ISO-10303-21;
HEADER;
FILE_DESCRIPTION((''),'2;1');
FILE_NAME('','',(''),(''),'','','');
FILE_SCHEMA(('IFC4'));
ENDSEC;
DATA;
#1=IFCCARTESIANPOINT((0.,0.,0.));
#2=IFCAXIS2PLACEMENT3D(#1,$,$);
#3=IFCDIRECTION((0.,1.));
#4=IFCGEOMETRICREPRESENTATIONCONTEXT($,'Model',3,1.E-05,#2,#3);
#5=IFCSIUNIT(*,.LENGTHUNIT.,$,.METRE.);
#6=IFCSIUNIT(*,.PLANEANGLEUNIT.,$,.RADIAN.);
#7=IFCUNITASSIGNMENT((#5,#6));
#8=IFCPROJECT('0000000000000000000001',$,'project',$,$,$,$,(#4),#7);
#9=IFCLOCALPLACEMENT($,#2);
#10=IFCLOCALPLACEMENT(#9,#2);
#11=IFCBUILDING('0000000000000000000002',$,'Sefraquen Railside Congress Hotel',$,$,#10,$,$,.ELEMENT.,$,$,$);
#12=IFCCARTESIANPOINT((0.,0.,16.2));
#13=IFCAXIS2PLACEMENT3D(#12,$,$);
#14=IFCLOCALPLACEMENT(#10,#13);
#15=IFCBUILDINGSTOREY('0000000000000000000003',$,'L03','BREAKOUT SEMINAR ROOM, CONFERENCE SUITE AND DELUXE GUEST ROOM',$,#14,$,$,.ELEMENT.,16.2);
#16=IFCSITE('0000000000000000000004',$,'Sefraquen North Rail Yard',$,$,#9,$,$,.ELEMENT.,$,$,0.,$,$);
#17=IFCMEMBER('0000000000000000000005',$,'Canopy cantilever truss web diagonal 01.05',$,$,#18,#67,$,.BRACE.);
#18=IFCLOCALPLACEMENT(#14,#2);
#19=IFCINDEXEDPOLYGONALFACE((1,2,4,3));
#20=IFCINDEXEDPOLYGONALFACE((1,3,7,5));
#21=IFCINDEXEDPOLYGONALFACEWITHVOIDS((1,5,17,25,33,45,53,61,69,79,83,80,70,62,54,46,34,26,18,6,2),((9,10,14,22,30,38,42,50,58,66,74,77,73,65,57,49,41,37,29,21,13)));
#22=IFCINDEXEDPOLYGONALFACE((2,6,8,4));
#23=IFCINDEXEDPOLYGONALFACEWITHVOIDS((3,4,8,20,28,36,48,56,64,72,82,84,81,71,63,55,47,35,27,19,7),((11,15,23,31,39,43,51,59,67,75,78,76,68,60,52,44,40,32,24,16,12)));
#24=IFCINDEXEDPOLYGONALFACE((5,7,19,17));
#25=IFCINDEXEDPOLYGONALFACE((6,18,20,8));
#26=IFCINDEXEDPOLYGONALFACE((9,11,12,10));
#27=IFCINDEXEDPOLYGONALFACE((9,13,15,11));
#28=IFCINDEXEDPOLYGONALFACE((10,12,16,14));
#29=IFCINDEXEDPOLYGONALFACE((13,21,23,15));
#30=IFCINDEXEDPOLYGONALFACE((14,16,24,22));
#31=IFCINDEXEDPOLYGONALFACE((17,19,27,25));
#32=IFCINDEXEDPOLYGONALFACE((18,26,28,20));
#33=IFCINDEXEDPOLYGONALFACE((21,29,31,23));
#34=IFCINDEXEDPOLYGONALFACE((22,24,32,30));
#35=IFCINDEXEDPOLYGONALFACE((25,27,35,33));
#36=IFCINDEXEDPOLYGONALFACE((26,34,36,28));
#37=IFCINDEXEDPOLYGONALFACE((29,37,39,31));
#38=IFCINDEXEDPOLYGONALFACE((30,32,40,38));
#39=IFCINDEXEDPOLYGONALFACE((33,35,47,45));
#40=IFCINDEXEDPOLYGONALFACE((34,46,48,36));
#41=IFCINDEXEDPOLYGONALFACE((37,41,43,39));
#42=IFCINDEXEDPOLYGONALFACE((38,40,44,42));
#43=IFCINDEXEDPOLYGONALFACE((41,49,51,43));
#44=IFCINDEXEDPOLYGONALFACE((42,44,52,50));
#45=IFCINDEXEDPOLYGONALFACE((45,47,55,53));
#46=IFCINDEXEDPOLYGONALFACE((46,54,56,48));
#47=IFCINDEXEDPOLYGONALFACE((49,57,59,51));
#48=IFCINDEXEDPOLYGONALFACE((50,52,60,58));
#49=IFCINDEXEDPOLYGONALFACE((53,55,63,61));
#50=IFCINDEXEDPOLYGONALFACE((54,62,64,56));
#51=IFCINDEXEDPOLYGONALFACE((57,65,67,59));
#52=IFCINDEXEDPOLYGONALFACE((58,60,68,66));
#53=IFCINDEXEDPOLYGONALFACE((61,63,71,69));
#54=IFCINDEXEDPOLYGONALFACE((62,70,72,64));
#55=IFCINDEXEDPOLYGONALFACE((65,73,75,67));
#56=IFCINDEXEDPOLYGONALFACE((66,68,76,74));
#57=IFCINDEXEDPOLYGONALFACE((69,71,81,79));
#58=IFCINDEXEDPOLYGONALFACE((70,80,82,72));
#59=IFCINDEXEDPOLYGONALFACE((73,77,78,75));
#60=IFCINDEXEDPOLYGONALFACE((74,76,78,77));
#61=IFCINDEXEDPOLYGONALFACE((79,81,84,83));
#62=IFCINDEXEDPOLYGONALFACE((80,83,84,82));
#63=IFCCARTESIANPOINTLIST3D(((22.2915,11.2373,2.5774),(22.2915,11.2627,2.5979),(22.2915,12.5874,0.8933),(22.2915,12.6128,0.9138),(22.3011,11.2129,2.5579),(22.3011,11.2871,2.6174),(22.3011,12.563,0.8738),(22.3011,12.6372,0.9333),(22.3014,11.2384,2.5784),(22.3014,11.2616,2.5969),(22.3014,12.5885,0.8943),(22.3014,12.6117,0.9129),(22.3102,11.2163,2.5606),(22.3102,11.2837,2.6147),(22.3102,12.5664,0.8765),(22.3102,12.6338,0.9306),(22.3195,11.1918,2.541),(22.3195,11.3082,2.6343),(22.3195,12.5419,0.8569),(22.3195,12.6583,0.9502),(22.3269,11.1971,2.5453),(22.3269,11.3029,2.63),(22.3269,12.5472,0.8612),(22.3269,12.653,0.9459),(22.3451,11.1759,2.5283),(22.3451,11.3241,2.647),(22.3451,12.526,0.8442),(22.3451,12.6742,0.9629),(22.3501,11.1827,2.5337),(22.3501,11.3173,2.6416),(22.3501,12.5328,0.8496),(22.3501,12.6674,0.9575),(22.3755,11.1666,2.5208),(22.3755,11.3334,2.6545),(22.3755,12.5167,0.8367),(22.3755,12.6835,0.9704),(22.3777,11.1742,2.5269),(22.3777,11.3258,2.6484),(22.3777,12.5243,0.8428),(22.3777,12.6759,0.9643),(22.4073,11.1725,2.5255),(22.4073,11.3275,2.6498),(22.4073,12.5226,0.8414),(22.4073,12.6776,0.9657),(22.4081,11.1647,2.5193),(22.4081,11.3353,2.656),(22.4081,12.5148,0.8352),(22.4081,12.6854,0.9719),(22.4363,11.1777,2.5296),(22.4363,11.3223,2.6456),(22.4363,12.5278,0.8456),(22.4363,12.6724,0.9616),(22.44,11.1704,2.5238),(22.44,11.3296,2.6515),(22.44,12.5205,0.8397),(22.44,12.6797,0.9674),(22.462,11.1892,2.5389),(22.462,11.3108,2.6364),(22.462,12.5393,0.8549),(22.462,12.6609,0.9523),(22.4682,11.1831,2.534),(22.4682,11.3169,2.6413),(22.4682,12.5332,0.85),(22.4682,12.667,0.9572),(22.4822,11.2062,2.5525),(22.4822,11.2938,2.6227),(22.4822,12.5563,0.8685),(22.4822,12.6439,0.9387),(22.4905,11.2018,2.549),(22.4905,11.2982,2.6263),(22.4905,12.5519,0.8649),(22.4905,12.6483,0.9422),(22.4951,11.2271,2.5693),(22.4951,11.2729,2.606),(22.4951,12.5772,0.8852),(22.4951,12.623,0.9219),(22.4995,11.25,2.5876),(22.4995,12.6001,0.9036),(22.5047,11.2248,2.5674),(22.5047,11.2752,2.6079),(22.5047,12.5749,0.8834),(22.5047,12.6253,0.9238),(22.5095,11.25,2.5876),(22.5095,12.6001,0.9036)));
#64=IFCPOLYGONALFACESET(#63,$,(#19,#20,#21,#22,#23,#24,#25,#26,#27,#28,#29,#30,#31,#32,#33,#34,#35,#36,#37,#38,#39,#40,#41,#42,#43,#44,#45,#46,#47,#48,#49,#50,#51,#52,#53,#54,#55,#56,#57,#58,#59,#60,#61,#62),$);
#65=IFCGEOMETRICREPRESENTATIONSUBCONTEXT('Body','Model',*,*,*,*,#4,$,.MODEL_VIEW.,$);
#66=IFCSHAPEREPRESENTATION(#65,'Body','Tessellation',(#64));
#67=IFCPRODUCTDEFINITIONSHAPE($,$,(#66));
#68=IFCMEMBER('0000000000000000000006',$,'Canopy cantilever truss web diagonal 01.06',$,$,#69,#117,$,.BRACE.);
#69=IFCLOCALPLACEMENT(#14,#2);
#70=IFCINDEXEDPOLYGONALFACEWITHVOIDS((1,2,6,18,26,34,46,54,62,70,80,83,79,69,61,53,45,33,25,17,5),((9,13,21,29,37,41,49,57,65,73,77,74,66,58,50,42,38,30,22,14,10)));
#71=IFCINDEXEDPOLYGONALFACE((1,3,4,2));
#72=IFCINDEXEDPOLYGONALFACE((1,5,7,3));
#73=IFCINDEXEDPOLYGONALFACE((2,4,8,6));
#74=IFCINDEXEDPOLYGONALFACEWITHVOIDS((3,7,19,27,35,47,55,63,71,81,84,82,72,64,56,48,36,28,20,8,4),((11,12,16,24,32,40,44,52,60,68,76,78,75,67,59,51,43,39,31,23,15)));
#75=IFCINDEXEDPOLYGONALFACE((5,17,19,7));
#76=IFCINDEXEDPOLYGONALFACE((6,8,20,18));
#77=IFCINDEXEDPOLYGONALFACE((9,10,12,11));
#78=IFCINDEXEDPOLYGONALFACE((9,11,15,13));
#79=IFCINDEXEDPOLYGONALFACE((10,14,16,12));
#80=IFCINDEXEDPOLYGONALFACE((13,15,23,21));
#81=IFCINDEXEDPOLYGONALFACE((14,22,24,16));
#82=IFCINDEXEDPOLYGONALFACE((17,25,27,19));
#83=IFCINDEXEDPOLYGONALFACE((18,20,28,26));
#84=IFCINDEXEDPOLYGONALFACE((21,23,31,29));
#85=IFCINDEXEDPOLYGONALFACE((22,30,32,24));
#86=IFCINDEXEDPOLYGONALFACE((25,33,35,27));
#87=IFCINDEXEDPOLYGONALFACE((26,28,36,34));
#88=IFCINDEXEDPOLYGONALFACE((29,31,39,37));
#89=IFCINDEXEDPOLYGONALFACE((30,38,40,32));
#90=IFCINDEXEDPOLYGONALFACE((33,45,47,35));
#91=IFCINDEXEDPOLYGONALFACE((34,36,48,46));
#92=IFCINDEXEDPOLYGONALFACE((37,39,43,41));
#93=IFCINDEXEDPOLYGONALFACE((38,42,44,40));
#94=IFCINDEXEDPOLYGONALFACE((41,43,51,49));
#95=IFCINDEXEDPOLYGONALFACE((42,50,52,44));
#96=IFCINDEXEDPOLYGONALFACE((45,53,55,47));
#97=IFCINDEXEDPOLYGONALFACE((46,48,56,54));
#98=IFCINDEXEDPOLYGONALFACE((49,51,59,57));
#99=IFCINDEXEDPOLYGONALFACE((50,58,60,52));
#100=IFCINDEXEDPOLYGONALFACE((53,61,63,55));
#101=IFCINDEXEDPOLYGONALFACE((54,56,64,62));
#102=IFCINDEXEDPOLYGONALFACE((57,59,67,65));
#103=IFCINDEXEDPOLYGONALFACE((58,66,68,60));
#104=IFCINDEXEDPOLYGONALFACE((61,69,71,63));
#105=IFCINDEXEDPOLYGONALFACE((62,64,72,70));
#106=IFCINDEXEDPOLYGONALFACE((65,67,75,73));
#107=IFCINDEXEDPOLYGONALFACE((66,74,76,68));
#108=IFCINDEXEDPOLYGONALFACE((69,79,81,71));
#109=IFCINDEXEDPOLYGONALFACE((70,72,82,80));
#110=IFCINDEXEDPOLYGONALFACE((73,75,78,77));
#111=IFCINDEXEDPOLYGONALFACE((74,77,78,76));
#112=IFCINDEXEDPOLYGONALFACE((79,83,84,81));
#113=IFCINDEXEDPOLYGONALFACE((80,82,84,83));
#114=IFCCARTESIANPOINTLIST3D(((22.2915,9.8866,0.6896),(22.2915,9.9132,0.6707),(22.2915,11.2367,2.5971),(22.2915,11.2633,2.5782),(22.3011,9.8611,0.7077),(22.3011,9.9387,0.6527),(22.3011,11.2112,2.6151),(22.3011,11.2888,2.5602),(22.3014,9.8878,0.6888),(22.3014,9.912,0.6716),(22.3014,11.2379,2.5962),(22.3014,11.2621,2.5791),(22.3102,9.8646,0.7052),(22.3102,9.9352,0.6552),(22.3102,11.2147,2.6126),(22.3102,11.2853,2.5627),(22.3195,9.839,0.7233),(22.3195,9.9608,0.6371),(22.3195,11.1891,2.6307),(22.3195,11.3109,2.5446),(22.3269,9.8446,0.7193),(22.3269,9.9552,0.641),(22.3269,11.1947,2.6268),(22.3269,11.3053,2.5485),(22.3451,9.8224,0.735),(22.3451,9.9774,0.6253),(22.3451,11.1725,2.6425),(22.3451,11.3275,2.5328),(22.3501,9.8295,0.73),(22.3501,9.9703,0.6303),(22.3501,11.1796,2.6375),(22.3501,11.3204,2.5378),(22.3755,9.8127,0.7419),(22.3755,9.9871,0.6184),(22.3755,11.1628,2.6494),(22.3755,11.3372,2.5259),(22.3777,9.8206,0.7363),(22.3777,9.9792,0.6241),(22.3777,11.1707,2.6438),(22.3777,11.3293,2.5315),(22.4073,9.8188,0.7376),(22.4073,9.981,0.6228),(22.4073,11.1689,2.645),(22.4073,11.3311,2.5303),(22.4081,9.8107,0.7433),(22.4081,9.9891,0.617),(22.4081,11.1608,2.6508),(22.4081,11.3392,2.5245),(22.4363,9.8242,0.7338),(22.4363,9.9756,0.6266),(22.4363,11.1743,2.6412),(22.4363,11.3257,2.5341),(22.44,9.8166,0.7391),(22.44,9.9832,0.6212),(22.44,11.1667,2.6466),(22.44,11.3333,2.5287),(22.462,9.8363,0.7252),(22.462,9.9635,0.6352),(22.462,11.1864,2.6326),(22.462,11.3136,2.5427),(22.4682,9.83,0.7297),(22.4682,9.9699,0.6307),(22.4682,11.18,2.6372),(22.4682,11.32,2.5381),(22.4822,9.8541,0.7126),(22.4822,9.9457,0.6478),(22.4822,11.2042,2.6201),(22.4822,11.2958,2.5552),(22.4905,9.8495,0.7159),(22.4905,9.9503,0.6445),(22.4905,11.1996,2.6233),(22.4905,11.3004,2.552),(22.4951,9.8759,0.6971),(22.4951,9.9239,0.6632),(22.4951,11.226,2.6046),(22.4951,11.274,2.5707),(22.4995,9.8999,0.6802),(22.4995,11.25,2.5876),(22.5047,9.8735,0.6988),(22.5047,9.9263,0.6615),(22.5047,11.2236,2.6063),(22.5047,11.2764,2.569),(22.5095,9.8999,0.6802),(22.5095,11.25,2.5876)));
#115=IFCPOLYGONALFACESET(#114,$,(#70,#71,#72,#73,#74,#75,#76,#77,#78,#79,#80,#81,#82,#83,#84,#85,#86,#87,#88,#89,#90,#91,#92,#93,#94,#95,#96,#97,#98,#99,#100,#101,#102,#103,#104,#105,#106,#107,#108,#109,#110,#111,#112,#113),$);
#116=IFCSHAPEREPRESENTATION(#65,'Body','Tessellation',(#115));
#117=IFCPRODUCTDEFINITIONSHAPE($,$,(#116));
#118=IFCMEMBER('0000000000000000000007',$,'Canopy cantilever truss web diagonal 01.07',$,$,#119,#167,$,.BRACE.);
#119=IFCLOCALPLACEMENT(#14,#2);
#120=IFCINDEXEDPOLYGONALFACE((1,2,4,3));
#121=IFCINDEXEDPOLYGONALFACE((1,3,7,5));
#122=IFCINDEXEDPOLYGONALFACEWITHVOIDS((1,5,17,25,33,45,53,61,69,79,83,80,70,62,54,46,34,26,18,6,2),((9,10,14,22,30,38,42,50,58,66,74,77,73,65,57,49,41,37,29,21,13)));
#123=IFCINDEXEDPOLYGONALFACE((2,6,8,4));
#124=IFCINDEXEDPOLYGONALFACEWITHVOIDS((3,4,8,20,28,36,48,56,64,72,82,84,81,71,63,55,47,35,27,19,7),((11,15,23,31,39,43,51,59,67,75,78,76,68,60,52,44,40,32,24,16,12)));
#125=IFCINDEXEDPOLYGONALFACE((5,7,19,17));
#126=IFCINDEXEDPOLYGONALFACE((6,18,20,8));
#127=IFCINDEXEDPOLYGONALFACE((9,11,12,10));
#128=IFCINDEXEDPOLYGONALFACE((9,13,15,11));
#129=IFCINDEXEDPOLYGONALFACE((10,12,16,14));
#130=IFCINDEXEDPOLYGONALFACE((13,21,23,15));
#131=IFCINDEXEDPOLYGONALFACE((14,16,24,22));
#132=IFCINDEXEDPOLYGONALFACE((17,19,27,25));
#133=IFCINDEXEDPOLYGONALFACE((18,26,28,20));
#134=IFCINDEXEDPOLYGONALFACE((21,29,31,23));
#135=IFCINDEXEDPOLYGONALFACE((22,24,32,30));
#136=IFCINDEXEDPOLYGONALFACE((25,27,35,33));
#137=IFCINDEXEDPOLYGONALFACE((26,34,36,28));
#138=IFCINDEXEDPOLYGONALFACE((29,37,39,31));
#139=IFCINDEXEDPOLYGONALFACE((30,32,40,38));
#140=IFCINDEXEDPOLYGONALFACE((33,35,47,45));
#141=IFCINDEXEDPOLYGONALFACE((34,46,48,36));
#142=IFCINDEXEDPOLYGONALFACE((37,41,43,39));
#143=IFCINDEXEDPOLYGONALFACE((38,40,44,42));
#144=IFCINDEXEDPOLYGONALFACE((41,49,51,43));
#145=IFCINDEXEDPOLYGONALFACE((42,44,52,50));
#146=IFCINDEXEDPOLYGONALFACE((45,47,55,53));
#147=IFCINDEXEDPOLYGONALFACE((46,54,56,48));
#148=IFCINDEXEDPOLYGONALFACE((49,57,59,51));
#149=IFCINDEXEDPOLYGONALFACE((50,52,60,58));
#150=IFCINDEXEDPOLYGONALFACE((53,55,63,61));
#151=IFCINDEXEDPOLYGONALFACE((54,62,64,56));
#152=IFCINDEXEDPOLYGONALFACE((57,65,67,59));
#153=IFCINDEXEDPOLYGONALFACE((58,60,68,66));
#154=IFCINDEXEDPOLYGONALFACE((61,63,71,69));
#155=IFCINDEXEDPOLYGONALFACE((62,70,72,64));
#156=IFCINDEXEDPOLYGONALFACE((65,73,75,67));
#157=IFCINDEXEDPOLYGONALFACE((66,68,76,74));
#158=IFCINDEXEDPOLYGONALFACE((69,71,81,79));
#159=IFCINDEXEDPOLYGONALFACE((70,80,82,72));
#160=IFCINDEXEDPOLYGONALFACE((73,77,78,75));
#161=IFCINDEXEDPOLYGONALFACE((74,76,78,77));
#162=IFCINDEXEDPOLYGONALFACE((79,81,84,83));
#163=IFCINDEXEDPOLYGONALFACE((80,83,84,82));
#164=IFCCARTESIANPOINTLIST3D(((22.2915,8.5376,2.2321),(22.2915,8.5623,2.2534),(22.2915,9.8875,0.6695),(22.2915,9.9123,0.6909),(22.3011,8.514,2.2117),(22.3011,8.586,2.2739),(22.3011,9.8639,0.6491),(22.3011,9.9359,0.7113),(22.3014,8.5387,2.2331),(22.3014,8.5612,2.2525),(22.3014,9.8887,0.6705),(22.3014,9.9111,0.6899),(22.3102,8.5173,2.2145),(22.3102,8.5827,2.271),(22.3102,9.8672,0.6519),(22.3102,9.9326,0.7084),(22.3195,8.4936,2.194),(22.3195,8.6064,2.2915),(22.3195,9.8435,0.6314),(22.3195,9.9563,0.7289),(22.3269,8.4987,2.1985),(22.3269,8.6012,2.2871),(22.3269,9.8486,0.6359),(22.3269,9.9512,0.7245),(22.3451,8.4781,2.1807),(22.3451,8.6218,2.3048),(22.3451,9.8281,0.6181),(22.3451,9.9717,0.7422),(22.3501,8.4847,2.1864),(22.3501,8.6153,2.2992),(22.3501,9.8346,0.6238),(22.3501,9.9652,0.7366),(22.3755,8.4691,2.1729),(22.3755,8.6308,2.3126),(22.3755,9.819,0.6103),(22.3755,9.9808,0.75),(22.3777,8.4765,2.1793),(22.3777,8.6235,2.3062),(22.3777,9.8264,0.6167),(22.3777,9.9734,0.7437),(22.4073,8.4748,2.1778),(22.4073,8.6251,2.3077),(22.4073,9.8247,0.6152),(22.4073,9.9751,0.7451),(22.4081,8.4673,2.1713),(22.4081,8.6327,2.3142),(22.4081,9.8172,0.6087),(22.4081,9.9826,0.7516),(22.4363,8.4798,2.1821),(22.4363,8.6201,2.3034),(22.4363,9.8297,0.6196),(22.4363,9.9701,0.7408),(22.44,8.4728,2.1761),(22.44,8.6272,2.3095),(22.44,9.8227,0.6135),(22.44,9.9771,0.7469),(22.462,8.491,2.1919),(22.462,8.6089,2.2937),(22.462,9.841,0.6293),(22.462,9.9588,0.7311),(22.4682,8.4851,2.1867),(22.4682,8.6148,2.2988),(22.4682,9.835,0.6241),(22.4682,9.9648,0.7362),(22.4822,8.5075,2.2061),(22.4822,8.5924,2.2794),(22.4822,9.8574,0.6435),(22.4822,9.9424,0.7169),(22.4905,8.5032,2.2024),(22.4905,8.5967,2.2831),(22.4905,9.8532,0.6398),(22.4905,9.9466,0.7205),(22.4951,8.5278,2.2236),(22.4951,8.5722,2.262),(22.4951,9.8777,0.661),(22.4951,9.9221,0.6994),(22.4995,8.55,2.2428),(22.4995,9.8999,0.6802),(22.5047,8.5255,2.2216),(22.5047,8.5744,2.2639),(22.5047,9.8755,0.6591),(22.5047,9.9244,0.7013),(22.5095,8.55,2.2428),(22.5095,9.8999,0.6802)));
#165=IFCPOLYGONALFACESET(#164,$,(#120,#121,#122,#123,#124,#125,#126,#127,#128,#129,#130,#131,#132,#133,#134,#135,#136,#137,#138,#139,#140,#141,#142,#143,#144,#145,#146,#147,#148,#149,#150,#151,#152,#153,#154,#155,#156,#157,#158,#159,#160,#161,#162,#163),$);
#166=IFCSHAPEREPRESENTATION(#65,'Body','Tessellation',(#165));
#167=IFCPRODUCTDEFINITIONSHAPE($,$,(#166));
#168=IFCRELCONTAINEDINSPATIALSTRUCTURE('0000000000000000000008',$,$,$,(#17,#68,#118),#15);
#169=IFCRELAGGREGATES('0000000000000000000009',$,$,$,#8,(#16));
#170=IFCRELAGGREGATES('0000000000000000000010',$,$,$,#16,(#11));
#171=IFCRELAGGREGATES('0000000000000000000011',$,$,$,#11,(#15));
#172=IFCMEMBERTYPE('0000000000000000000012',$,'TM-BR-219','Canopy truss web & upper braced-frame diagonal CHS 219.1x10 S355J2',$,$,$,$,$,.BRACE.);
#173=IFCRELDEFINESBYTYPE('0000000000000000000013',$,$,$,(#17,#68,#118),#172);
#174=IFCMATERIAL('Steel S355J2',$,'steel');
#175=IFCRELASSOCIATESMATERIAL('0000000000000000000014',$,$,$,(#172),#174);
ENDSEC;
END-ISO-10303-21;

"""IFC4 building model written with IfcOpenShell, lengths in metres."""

from ifc_helpers import new_model, si_unit, direction, frame, origin, origin_2d, place, context, subcontext, project, spatial, hollow_circle, extrude, material, material_profile, profile_set, type_object, element, save


model = new_model("IFC4")

# Units and contexts
model_context = context("Model", 3, precision=1e-05, world=origin(), true_north=direction((0.0, 1.0)))
body_context = subcontext(model_context, "Body", "Model", "MODEL_VIEW")
ifc_project = project(units=[si_unit("LENGTHUNIT", "METRE"), si_unit("PLANEANGLEUNIT", "RADIAN")], contexts=[model_context])

# Site, building, storey
site_placement = place(None, origin())
site = spatial("IfcSite", under=ifc_project, at=site_placement, Name="Sefraquen North Rail Yard", CompositionType="ELEMENT", RefElevation=0.0)
building_placement = place(site_placement, origin())
building = spatial("IfcBuilding", under=site, at=building_placement, Name="Sefraquen Railside Congress Hotel", CompositionType="ELEMENT")
storey_placement = place(building_placement, frame((0.0, 0.0, 16.2)))
storey = spatial("IfcBuildingStorey", under=building, at=storey_placement, Name="L03", Description="BREAKOUT SEMINAR ROOM, CONFERENCE SUITE AND DELUXE GUEST ROOM", CompositionType="ELEMENT", Elevation=16.2)

# Shared definitions
ifc_material_1 = material(Name="Steel S355J2", Category="steel")

# Members
ifc_material_profile_1 = material_profile(ifc_material_1, hollow_circle(Radius=0.1096, WallThickness=0.01, at=origin_2d()), Name="CHS 219.1x10")
ifc_profile_set_1 = profile_set([ifc_material_profile_1], Name="Steel S355J2")
member_type_1 = type_object("IfcMemberType", Name="TM-BR-219", Description="Canopy truss web & upper braced-frame diagonal CHS 219.1x10 S355J2", PredefinedType="BRACE", material=ifc_profile_set_1)
member_1_placement = place(storey_placement, frame((22.3999, 12.6001, 0.9036), z_axis=(0.0, -0.625495, 0.780228), x_axis=(1.0, 0.0, 0.0)))
element("IfcMember", 1, at=member_1_placement, inside=storey, type_object=member_type_1, Name="Canopy cantilever truss web diagonal 01.05", PredefinedType="BRACE", context=body_context, shape_type="SweptSolid", body=[
    extrude(hollow_circle(Radius=0.1096, WallThickness=0.01, at=origin_2d()), origin(), (0.0, 0.0, 1.0), 2.1584),
])
member_2_placement = place(storey_placement, frame((22.3999, 11.25, 2.5876), z_axis=(0.0, -0.577725, -0.816232), x_axis=(1.0, 0.0, 0.0)))
element("IfcMember", 2, at=member_2_placement, inside=storey, type_object=member_type_1, Name="Canopy cantilever truss web diagonal 01.06", PredefinedType="BRACE", context=body_context, shape_type="SweptSolid", body=[
    extrude(hollow_circle(Radius=0.1096, WallThickness=0.01, at=origin_2d()), origin(), (0.0, 0.0, 1.0), 2.3369),
])
member_3_placement = place(storey_placement, frame((22.3999, 9.8999, 0.6802), z_axis=(0.0, -0.653737, 0.756722), x_axis=(1.0, 0.0, 0.0)))
element("IfcMember", 3, at=member_3_placement, inside=storey, type_object=member_type_1, Name="Canopy cantilever truss web diagonal 01.07", PredefinedType="BRACE", context=body_context, shape_type="SweptSolid", body=[
    extrude(hollow_circle(Radius=0.1096, WallThickness=0.01, at=origin_2d()), origin(), (0.0, 0.0, 1.0), 2.0649),
])

save(model, "model.ifc")
